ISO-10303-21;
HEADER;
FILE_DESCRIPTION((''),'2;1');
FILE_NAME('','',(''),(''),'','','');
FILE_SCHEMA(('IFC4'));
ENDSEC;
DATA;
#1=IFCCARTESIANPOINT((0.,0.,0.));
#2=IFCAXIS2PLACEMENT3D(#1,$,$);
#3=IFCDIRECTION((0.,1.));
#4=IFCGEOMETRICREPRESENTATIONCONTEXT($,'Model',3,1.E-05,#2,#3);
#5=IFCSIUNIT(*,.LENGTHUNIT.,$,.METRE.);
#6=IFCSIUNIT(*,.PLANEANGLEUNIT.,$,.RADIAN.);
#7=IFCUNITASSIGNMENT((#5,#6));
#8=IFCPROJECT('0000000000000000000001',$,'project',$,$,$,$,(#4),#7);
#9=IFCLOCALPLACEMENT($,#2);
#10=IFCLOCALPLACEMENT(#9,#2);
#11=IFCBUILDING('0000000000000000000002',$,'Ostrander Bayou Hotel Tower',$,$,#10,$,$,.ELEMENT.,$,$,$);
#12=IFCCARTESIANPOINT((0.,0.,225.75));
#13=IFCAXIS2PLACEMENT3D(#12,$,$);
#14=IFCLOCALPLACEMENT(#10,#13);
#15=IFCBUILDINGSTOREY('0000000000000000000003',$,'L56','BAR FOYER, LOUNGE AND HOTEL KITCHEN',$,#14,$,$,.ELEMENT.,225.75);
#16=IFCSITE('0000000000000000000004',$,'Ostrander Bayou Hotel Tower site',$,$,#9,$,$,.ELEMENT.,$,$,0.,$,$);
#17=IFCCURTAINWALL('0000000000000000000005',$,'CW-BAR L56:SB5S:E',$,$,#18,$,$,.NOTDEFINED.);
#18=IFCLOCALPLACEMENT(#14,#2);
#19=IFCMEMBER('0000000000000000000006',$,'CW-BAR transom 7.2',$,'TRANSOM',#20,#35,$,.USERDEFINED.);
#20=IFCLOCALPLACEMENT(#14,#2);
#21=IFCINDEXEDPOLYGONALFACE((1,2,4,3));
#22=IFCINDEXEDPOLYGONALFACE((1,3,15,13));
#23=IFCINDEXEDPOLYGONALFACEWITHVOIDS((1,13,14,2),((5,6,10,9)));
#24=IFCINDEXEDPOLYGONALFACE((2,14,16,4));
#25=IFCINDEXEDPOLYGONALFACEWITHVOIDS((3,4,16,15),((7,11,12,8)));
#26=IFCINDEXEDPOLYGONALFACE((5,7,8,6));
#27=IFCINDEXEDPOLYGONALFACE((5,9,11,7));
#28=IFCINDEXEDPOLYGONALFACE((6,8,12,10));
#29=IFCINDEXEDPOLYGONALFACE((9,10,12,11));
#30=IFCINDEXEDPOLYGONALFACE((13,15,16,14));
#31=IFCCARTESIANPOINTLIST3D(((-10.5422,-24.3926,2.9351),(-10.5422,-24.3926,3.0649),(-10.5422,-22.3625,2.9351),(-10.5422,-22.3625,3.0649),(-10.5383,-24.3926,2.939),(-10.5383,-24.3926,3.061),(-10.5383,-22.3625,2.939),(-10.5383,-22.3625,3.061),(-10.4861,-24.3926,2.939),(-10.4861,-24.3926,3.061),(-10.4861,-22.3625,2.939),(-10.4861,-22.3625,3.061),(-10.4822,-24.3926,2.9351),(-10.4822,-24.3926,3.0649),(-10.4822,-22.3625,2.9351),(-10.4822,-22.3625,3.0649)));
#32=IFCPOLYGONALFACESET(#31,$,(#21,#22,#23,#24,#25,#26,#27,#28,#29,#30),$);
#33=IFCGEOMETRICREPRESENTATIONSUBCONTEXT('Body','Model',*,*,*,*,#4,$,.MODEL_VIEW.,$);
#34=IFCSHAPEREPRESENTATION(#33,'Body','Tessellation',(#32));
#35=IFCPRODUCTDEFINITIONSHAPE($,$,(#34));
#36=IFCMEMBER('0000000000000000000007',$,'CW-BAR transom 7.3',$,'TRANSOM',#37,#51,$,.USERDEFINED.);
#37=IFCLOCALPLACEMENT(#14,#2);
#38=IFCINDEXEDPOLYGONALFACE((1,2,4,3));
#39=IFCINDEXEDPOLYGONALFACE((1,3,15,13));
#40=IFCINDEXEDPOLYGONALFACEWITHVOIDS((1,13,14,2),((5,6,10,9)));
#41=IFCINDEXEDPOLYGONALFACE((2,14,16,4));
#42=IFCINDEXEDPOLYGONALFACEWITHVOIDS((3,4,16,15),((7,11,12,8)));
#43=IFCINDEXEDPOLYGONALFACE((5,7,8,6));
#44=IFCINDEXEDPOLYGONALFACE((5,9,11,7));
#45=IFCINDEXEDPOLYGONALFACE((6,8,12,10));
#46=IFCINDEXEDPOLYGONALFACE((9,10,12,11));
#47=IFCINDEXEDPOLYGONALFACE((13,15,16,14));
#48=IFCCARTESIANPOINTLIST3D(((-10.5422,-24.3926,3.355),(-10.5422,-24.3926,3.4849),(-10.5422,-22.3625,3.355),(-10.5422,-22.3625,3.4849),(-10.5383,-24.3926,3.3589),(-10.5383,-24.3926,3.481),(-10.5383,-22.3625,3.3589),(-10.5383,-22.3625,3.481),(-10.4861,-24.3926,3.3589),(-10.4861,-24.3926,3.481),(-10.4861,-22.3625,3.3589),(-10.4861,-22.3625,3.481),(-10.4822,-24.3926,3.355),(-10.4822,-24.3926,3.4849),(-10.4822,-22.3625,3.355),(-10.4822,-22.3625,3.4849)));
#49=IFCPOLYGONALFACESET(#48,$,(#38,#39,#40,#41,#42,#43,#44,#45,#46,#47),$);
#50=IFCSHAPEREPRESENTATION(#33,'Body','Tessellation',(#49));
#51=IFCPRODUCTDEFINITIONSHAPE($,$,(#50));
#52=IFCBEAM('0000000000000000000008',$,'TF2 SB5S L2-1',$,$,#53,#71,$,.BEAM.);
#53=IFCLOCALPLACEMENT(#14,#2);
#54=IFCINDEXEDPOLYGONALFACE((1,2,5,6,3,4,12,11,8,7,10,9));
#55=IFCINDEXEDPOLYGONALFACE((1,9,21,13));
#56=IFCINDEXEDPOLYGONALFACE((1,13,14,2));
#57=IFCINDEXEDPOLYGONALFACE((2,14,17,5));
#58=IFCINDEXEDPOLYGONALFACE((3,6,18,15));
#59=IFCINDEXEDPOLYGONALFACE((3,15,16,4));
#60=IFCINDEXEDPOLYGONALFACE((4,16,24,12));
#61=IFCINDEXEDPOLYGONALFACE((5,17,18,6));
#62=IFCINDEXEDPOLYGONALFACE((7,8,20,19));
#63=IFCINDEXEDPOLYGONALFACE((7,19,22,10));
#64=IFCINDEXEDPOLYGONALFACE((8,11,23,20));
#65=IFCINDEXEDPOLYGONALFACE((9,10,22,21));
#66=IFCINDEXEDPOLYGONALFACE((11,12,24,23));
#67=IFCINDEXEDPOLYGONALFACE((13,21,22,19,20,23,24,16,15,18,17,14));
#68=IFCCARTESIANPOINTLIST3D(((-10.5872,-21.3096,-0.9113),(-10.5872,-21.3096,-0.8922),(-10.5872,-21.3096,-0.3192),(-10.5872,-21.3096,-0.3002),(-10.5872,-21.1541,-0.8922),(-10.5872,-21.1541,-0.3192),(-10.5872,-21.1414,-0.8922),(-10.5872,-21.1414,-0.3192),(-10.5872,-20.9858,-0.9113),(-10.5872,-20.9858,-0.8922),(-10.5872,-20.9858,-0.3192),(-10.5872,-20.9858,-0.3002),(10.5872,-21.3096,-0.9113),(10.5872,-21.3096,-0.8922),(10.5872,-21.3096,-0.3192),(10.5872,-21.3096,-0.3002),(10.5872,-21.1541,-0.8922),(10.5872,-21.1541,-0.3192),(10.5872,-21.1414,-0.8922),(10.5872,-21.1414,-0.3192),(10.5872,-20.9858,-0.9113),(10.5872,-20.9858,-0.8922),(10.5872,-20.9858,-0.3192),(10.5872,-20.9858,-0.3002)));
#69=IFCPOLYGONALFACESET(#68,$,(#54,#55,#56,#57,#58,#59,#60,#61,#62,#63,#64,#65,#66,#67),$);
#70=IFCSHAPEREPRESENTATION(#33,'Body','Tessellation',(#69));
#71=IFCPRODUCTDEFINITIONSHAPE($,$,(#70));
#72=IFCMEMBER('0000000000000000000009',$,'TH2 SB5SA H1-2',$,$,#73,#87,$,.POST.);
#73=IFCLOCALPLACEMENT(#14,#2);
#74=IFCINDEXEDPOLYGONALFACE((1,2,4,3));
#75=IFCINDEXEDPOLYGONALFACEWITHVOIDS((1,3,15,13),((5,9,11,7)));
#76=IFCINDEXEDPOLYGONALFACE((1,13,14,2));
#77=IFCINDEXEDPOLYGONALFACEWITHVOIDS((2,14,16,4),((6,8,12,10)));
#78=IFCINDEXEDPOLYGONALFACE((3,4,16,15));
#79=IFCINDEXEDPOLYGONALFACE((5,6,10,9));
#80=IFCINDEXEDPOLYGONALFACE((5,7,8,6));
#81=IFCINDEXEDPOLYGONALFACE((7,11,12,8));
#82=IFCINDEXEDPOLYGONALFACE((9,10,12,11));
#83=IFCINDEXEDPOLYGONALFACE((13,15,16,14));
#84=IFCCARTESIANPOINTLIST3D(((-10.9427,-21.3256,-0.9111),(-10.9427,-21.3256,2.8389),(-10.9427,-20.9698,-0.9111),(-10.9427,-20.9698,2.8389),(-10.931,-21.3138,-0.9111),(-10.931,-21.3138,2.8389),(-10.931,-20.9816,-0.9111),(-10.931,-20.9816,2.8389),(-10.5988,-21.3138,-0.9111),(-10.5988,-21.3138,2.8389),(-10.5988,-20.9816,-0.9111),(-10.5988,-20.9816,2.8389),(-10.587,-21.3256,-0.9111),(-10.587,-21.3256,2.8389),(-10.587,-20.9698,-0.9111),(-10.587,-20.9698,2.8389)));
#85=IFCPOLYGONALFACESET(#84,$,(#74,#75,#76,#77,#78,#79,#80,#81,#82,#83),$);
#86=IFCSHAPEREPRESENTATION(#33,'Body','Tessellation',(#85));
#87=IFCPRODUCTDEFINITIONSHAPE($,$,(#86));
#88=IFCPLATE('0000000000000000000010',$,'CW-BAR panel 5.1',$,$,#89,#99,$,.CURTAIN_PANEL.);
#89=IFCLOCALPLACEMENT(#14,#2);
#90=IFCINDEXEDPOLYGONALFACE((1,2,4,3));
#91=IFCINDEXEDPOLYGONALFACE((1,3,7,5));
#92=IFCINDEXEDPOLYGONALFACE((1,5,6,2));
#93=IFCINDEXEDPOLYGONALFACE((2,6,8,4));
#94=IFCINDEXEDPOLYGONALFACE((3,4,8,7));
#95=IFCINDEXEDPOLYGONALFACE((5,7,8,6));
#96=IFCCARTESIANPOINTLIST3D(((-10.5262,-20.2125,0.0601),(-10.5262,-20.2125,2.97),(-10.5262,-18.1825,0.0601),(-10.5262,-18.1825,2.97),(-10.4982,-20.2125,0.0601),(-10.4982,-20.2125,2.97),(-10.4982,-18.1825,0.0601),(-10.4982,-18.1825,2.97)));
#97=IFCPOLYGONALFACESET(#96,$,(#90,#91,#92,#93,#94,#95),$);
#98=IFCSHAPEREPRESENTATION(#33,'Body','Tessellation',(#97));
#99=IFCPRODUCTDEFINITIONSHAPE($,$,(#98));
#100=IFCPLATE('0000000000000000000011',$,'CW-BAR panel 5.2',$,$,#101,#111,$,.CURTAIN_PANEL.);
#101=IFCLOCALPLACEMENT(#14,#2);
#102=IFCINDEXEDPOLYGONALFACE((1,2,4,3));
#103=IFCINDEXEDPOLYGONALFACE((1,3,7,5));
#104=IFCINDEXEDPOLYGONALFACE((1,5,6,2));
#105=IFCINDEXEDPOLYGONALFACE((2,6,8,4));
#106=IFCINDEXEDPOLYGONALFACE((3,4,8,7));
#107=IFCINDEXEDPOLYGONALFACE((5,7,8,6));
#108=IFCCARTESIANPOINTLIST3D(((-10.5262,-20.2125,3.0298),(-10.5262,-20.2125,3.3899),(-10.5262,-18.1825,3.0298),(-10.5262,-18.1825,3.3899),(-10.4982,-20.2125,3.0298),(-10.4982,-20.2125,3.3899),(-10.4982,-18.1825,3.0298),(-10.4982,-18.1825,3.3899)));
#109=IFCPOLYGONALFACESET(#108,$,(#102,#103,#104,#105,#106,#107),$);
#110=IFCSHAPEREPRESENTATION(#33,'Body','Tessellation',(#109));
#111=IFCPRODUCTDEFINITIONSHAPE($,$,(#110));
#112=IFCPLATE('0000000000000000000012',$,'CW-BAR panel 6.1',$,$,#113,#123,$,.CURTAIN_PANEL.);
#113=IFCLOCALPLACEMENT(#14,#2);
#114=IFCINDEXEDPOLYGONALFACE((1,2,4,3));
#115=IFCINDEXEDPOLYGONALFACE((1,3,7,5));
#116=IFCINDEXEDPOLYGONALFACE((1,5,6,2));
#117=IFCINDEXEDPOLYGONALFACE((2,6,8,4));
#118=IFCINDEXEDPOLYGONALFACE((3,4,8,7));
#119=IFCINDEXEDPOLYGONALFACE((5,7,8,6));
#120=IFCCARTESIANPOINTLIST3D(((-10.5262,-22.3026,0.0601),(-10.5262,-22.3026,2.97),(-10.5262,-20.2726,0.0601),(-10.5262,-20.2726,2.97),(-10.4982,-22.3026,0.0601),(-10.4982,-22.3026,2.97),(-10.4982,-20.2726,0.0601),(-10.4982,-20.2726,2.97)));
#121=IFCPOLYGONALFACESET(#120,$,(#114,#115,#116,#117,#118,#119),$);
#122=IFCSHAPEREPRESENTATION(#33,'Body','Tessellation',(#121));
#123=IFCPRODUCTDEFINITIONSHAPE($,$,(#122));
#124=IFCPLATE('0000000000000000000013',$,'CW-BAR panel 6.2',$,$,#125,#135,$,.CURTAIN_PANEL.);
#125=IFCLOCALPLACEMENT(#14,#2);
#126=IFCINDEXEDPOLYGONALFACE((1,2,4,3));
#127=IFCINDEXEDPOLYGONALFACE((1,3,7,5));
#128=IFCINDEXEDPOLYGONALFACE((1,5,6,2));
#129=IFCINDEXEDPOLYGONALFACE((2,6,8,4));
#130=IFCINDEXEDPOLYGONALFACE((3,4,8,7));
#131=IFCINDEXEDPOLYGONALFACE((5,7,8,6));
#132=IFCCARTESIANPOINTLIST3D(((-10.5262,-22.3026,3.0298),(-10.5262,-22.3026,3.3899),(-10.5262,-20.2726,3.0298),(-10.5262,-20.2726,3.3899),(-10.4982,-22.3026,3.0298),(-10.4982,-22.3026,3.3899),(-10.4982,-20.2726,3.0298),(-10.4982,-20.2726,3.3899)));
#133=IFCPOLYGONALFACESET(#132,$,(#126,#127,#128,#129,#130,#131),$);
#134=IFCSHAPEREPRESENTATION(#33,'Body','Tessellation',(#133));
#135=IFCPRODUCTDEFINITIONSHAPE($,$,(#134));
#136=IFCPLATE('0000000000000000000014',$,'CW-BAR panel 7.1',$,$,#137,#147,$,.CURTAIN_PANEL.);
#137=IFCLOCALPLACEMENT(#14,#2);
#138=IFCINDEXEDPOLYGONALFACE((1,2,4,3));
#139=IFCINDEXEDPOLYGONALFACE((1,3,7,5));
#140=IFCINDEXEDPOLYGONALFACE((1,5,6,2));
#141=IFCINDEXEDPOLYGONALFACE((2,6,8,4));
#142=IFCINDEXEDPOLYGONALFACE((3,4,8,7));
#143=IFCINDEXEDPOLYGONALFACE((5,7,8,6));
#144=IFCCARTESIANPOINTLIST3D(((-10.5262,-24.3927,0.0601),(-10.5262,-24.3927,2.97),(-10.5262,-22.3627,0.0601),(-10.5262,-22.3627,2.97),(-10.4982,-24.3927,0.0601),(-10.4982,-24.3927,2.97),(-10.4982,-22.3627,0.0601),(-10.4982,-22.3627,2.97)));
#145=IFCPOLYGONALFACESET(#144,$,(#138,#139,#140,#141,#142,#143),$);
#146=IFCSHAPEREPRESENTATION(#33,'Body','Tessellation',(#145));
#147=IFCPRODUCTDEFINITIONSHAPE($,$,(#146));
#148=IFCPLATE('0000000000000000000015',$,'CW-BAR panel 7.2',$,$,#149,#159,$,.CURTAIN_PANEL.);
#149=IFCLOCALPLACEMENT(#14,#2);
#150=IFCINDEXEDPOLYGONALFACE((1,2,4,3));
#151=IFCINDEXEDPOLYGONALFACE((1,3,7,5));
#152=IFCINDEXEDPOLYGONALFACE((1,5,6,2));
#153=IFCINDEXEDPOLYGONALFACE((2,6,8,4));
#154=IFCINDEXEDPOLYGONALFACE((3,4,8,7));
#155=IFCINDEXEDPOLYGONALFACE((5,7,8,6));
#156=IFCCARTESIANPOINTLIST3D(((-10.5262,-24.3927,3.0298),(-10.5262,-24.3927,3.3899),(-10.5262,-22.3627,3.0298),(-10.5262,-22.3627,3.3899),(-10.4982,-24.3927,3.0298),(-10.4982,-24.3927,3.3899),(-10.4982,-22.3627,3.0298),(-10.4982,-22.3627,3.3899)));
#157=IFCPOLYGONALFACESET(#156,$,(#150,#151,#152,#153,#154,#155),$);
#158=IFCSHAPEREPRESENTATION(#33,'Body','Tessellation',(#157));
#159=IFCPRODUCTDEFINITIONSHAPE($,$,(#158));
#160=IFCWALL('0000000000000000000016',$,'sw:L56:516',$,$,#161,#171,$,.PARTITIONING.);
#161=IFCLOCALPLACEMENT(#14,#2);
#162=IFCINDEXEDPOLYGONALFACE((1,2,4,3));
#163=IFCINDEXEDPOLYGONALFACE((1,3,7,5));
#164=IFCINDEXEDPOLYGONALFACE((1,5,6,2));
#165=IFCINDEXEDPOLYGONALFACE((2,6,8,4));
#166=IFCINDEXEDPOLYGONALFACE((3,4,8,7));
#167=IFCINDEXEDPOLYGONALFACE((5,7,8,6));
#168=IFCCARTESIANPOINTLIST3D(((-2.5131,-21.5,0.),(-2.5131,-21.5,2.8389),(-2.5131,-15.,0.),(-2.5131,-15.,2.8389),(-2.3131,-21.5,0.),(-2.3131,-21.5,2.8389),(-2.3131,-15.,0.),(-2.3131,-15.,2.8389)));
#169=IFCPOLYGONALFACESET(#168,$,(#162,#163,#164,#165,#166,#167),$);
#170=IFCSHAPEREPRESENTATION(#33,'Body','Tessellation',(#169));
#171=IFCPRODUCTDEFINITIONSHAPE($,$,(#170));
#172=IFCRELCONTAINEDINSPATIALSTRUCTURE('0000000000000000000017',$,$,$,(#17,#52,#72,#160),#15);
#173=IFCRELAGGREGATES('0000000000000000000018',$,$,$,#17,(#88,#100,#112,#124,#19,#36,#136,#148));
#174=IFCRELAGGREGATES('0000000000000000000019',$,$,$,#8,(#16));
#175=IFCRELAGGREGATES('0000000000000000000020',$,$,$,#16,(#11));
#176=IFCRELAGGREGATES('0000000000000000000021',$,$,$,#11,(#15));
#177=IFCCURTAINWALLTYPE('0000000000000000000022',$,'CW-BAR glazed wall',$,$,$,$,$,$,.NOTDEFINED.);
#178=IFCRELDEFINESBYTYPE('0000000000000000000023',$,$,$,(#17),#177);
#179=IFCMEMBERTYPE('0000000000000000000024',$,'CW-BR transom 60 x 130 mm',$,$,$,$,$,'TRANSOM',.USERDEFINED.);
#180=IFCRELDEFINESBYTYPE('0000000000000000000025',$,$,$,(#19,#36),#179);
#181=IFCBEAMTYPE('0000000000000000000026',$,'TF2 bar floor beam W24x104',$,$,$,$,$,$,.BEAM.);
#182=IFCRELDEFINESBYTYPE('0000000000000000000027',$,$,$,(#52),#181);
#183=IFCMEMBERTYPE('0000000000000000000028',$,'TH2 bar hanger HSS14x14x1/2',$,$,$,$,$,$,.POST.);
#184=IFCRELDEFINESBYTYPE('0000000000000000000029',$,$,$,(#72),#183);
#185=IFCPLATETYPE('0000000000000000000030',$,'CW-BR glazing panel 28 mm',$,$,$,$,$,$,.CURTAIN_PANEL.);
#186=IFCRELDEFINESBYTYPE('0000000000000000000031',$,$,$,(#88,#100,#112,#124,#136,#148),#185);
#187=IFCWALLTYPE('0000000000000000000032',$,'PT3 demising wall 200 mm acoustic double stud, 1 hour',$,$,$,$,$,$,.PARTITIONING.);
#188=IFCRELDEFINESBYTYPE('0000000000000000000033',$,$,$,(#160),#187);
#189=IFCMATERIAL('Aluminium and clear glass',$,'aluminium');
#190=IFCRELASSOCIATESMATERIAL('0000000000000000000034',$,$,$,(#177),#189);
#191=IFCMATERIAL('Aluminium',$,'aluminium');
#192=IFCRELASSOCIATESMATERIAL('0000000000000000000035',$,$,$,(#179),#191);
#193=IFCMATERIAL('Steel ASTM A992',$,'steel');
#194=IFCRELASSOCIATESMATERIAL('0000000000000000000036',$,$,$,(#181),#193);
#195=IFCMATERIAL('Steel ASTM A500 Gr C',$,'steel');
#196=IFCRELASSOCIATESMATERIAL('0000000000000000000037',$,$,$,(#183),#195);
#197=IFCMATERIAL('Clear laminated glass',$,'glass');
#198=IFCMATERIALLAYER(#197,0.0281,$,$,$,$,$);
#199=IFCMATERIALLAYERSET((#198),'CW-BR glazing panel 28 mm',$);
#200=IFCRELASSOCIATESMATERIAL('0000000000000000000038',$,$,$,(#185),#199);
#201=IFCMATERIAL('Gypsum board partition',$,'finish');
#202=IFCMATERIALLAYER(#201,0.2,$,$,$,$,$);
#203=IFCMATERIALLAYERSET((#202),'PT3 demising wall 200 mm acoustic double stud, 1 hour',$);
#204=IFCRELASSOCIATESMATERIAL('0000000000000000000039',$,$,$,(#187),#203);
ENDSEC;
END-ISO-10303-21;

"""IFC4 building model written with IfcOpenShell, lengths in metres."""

from ifc_helpers import new_model, si_unit, direction, frame, frame_2d, origin, origin_2d, place, context, subcontext, project, spatial, rectangle, hollow_rectangle, i_section, extrude, material, layer, layer_set, material_profile, profile_set, type_object, element, aggregate, save


model = new_model("IFC4")

# Units and contexts
model_context = context("Model", 3, precision=1e-05, world=origin(), true_north=direction((0.0, 1.0)))
body_context = subcontext(model_context, "Body", "Model", "MODEL_VIEW")
ifc_project = project(units=[si_unit("LENGTHUNIT", "METRE"), si_unit("PLANEANGLEUNIT", "RADIAN")], contexts=[model_context])

# Site, building, storey
site_placement = place(None, origin())
site = spatial("IfcSite", under=ifc_project, at=site_placement, Name="Ostrander Bayou Hotel Tower site", CompositionType="ELEMENT", RefElevation=0.0)
building_placement = place(site_placement, origin())
building = spatial("IfcBuilding", under=site, at=building_placement, Name="Ostrander Bayou Hotel Tower", CompositionType="ELEMENT")
storey_placement = place(building_placement, frame((0.0, 0.0, 225.75)))
storey = spatial("IfcBuildingStorey", under=building, at=storey_placement, Name="L56", Description="BAR FOYER, LOUNGE AND HOTEL KITCHEN", CompositionType="ELEMENT", Elevation=225.75)

# Curtain wall, members
ifc_material_1 = material(Name="Aluminium and clear glass", Category="aluminium")
curtain_wall_type = type_object("IfcCurtainWallType", Name="CW-BAR glazed wall", PredefinedType="NOTDEFINED", material=ifc_material_1)
curtain_wall_placement = place(storey_placement, origin())
curtain_wall = element("IfcCurtainWall", 1, at=curtain_wall_placement, inside=storey, type_object=curtain_wall_type, Name="CW-BAR L56:SB5S:E", PredefinedType="NOTDEFINED")
ifc_material_2 = material(Name="Aluminium", Category="aluminium")
ifc_material_profile_1 = material_profile(ifc_material_2, hollow_rectangle(XDim=0.0601, YDim=0.1299, WallThickness=0.0039, at=origin_2d()))
ifc_profile_set_1 = profile_set([ifc_material_profile_1], Name="Aluminium")
member_type_1 = type_object("IfcMemberType", Name="CW-BR transom 60 x 130 mm", ElementType="TRANSOM", PredefinedType="USERDEFINED", material=ifc_profile_set_1)
member_1_placement = place(storey_placement, frame((-10.5122, -22.3625, 3.0), z_axis=(0.0, -1.0, 0.0), x_axis=(1.0, 0.0, 0.0)))
member_1 = element("IfcMember", 2, at=member_1_placement, type_object=member_type_1, Name="CW-BAR transom 7.2", ObjectType="TRANSOM", PredefinedType="USERDEFINED", context=body_context, shape_type="SweptSolid", body=[
    extrude(hollow_rectangle(XDim=0.0601, YDim=0.1299, WallThickness=0.0039, at=origin_2d()), origin(), (0.0, 0.0, 1.0), 2.03),
])
member_2_placement = place(storey_placement, frame((-10.5122, -22.3625, 3.4199), z_axis=(0.0, -1.0, 0.0), x_axis=(1.0, 0.0, 0.0)))
member_2 = element("IfcMember", 3, at=member_2_placement, type_object=member_type_1, Name="CW-BAR transom 7.3", ObjectType="TRANSOM", PredefinedType="USERDEFINED", context=body_context, shape_type="SweptSolid", body=[
    extrude(hollow_rectangle(XDim=0.0601, YDim=0.1299, WallThickness=0.0039, at=origin_2d()), origin(), (0.0, 0.0, 1.0), 2.03),
])

# Beam
ifc_material_3 = material(Name="Steel ASTM A992", Category="steel")
ifc_material_profile_2 = material_profile(ifc_material_3, i_section(OverallWidth=0.3237, OverallDepth=0.6111, WebThickness=0.0127, FlangeThickness=0.019, at=origin_2d()))
ifc_profile_set_2 = profile_set([ifc_material_profile_2], Name="Steel ASTM A992")
beam_type = type_object("IfcBeamType", Name="TF2 bar floor beam W24x104", PredefinedType="BEAM", material=ifc_profile_set_2)
beam_placement = place(storey_placement, frame((-10.5872, -21.1477, -0.6057), z_axis=(1.0, 0.0, 0.0), x_axis=(0.0, 1.0, 0.0)))
element("IfcBeam", 4, at=beam_placement, inside=storey, type_object=beam_type, Name="TF2 SB5S L2-1", PredefinedType="BEAM", context=body_context, shape_type="SweptSolid", body=[
    extrude(i_section(OverallWidth=0.3237, OverallDepth=0.6111, WebThickness=0.0127, FlangeThickness=0.019, at=origin_2d()), origin(), (0.0, 0.0, 1.0), 21.1743),
])

# Member
ifc_material_4 = material(Name="Steel ASTM A500 Gr C", Category="steel")
ifc_material_profile_3 = material_profile(ifc_material_4, hollow_rectangle(XDim=0.3557, YDim=0.3557, WallThickness=0.0117, at=origin_2d()))
ifc_profile_set_3 = profile_set([ifc_material_profile_3], Name="Steel ASTM A500 Gr C")
member_type_2 = type_object("IfcMemberType", Name="TH2 bar hanger HSS14x14x1/2", PredefinedType="POST", material=ifc_profile_set_3)
member_3_placement = place(storey_placement, frame((-10.7649, -21.1477, -0.9111), z_axis=(0.0, 0.0, 1.0), x_axis=(1.0, 0.0, 0.0)))
element("IfcMember", 5, at=member_3_placement, inside=storey, type_object=member_type_2, Name="TH2 SB5SA H1-2", PredefinedType="POST", context=body_context, shape_type="SweptSolid", body=[
    extrude(hollow_rectangle(XDim=0.3557, YDim=0.3557, WallThickness=0.0117, at=origin_2d()), origin(), (0.0, 0.0, 1.0), 3.75),
])

# Plates
ifc_material_5 = material(Name="Clear laminated glass", Category="glass")
ifc_layer_1 = layer(ifc_material_5, 0.0281)
ifc_layer_set_1 = layer_set([ifc_layer_1], Name="CW-BR glazing panel 28 mm")
plate_type = type_object("IfcPlateType", Name="CW-BR glazing panel 28 mm", PredefinedType="CURTAIN_PANEL", material=ifc_layer_set_1)
plate_1_placement = place(storey_placement, frame((-10.5122, -19.1975, 0.0601), z_axis=(0.0, 0.0, 1.0), x_axis=(0.0, -1.0, 0.0)))
plate_1 = element("IfcPlate", 6, at=plate_1_placement, type_object=plate_type, Name="CW-BAR panel 5.1", PredefinedType="CURTAIN_PANEL", context=body_context, shape_type="SweptSolid", body=[
    extrude(rectangle(XDim=2.03, YDim=0.0281, at=origin_2d()), origin(), (0.0, 0.0, 1.0), 2.9099),
])
plate_2_placement = place(storey_placement, frame((-10.5122, -19.1975, 3.0298), z_axis=(0.0, 0.0, 1.0), x_axis=(0.0, -1.0, 0.0)))
plate_2 = element("IfcPlate", 7, at=plate_2_placement, type_object=plate_type, Name="CW-BAR panel 5.2", PredefinedType="CURTAIN_PANEL", context=body_context, shape_type="SweptSolid", body=[
    extrude(rectangle(XDim=2.03, YDim=0.0281, at=origin_2d()), origin(), (0.0, 0.0, 1.0), 0.3601),
])
plate_3_placement = place(storey_placement, frame((-10.5122, -21.2876, 0.0601), z_axis=(0.0, 0.0, 1.0), x_axis=(0.0, -1.0, 0.0)))
plate_3 = element("IfcPlate", 8, at=plate_3_placement, type_object=plate_type, Name="CW-BAR panel 6.1", PredefinedType="CURTAIN_PANEL", context=body_context, shape_type="SweptSolid", body=[
    extrude(rectangle(XDim=2.03, YDim=0.0281, at=origin_2d()), origin(), (0.0, 0.0, 1.0), 2.9099),
])
plate_4_placement = place(storey_placement, frame((-10.5122, -21.2876, 3.0298), z_axis=(0.0, 0.0, 1.0), x_axis=(0.0, -1.0, 0.0)))
plate_4 = element("IfcPlate", 9, at=plate_4_placement, type_object=plate_type, Name="CW-BAR panel 6.2", PredefinedType="CURTAIN_PANEL", context=body_context, shape_type="SweptSolid", body=[
    extrude(rectangle(XDim=2.03, YDim=0.0281, at=origin_2d()), origin(), (0.0, 0.0, 1.0), 0.3601),
])
plate_5_placement = place(storey_placement, frame((-10.5122, -23.3777, 0.0601), z_axis=(0.0, 0.0, 1.0), x_axis=(0.0, -1.0, 0.0)))
plate_5 = element("IfcPlate", 10, at=plate_5_placement, type_object=plate_type, Name="CW-BAR panel 7.1", PredefinedType="CURTAIN_PANEL", context=body_context, shape_type="SweptSolid", body=[
    extrude(rectangle(XDim=2.03, YDim=0.0281, at=origin_2d()), origin(), (0.0, 0.0, 1.0), 2.9099),
])
plate_6_placement = place(storey_placement, frame((-10.5122, -23.3777, 3.0298), z_axis=(0.0, 0.0, 1.0), x_axis=(0.0, -1.0, 0.0)))
plate_6 = element("IfcPlate", 11, at=plate_6_placement, type_object=plate_type, Name="CW-BAR panel 7.2", PredefinedType="CURTAIN_PANEL", context=body_context, shape_type="SweptSolid", body=[
    extrude(rectangle(XDim=2.03, YDim=0.0281, at=origin_2d()), origin(), (0.0, 0.0, 1.0), 0.3601),
])
aggregate(curtain_wall, [plate_1, plate_2, plate_3, plate_4, member_1, member_2, plate_5, plate_6])

# Shared definitions
ifc_material_6 = material(Name="Gypsum board partition", Category="finish")
ifc_layer_2 = layer(ifc_material_6, 0.2)
ifc_layer_set_2 = layer_set([ifc_layer_2], Name="PT3 demising wall 200 mm acoustic double stud, 1 hour")
wall_type = type_object("IfcWallType", Name="PT3 demising wall 200 mm acoustic double stud, 1 hour", PredefinedType="PARTITIONING", material=ifc_layer_set_2)

# Wall
wall_1_placement = place(storey_placement, frame((-2.4131, -21.5, 0.0), z_axis=(0.0, 0.0, 1.0), x_axis=(0.0, 1.0, 0.0)))
element("IfcWall", 12, at=wall_1_placement, inside=storey, type_object=wall_type, Name="sw:L56:516", PredefinedType="PARTITIONING", context=body_context, shape_type="SweptSolid", body=[
    extrude(rectangle(XDim=6.5, YDim=0.2, at=frame_2d((3.25, 0.0))), origin(), (0.0, 0.0, 1.0), 2.8389),
])

save(model, "model.ifc")
